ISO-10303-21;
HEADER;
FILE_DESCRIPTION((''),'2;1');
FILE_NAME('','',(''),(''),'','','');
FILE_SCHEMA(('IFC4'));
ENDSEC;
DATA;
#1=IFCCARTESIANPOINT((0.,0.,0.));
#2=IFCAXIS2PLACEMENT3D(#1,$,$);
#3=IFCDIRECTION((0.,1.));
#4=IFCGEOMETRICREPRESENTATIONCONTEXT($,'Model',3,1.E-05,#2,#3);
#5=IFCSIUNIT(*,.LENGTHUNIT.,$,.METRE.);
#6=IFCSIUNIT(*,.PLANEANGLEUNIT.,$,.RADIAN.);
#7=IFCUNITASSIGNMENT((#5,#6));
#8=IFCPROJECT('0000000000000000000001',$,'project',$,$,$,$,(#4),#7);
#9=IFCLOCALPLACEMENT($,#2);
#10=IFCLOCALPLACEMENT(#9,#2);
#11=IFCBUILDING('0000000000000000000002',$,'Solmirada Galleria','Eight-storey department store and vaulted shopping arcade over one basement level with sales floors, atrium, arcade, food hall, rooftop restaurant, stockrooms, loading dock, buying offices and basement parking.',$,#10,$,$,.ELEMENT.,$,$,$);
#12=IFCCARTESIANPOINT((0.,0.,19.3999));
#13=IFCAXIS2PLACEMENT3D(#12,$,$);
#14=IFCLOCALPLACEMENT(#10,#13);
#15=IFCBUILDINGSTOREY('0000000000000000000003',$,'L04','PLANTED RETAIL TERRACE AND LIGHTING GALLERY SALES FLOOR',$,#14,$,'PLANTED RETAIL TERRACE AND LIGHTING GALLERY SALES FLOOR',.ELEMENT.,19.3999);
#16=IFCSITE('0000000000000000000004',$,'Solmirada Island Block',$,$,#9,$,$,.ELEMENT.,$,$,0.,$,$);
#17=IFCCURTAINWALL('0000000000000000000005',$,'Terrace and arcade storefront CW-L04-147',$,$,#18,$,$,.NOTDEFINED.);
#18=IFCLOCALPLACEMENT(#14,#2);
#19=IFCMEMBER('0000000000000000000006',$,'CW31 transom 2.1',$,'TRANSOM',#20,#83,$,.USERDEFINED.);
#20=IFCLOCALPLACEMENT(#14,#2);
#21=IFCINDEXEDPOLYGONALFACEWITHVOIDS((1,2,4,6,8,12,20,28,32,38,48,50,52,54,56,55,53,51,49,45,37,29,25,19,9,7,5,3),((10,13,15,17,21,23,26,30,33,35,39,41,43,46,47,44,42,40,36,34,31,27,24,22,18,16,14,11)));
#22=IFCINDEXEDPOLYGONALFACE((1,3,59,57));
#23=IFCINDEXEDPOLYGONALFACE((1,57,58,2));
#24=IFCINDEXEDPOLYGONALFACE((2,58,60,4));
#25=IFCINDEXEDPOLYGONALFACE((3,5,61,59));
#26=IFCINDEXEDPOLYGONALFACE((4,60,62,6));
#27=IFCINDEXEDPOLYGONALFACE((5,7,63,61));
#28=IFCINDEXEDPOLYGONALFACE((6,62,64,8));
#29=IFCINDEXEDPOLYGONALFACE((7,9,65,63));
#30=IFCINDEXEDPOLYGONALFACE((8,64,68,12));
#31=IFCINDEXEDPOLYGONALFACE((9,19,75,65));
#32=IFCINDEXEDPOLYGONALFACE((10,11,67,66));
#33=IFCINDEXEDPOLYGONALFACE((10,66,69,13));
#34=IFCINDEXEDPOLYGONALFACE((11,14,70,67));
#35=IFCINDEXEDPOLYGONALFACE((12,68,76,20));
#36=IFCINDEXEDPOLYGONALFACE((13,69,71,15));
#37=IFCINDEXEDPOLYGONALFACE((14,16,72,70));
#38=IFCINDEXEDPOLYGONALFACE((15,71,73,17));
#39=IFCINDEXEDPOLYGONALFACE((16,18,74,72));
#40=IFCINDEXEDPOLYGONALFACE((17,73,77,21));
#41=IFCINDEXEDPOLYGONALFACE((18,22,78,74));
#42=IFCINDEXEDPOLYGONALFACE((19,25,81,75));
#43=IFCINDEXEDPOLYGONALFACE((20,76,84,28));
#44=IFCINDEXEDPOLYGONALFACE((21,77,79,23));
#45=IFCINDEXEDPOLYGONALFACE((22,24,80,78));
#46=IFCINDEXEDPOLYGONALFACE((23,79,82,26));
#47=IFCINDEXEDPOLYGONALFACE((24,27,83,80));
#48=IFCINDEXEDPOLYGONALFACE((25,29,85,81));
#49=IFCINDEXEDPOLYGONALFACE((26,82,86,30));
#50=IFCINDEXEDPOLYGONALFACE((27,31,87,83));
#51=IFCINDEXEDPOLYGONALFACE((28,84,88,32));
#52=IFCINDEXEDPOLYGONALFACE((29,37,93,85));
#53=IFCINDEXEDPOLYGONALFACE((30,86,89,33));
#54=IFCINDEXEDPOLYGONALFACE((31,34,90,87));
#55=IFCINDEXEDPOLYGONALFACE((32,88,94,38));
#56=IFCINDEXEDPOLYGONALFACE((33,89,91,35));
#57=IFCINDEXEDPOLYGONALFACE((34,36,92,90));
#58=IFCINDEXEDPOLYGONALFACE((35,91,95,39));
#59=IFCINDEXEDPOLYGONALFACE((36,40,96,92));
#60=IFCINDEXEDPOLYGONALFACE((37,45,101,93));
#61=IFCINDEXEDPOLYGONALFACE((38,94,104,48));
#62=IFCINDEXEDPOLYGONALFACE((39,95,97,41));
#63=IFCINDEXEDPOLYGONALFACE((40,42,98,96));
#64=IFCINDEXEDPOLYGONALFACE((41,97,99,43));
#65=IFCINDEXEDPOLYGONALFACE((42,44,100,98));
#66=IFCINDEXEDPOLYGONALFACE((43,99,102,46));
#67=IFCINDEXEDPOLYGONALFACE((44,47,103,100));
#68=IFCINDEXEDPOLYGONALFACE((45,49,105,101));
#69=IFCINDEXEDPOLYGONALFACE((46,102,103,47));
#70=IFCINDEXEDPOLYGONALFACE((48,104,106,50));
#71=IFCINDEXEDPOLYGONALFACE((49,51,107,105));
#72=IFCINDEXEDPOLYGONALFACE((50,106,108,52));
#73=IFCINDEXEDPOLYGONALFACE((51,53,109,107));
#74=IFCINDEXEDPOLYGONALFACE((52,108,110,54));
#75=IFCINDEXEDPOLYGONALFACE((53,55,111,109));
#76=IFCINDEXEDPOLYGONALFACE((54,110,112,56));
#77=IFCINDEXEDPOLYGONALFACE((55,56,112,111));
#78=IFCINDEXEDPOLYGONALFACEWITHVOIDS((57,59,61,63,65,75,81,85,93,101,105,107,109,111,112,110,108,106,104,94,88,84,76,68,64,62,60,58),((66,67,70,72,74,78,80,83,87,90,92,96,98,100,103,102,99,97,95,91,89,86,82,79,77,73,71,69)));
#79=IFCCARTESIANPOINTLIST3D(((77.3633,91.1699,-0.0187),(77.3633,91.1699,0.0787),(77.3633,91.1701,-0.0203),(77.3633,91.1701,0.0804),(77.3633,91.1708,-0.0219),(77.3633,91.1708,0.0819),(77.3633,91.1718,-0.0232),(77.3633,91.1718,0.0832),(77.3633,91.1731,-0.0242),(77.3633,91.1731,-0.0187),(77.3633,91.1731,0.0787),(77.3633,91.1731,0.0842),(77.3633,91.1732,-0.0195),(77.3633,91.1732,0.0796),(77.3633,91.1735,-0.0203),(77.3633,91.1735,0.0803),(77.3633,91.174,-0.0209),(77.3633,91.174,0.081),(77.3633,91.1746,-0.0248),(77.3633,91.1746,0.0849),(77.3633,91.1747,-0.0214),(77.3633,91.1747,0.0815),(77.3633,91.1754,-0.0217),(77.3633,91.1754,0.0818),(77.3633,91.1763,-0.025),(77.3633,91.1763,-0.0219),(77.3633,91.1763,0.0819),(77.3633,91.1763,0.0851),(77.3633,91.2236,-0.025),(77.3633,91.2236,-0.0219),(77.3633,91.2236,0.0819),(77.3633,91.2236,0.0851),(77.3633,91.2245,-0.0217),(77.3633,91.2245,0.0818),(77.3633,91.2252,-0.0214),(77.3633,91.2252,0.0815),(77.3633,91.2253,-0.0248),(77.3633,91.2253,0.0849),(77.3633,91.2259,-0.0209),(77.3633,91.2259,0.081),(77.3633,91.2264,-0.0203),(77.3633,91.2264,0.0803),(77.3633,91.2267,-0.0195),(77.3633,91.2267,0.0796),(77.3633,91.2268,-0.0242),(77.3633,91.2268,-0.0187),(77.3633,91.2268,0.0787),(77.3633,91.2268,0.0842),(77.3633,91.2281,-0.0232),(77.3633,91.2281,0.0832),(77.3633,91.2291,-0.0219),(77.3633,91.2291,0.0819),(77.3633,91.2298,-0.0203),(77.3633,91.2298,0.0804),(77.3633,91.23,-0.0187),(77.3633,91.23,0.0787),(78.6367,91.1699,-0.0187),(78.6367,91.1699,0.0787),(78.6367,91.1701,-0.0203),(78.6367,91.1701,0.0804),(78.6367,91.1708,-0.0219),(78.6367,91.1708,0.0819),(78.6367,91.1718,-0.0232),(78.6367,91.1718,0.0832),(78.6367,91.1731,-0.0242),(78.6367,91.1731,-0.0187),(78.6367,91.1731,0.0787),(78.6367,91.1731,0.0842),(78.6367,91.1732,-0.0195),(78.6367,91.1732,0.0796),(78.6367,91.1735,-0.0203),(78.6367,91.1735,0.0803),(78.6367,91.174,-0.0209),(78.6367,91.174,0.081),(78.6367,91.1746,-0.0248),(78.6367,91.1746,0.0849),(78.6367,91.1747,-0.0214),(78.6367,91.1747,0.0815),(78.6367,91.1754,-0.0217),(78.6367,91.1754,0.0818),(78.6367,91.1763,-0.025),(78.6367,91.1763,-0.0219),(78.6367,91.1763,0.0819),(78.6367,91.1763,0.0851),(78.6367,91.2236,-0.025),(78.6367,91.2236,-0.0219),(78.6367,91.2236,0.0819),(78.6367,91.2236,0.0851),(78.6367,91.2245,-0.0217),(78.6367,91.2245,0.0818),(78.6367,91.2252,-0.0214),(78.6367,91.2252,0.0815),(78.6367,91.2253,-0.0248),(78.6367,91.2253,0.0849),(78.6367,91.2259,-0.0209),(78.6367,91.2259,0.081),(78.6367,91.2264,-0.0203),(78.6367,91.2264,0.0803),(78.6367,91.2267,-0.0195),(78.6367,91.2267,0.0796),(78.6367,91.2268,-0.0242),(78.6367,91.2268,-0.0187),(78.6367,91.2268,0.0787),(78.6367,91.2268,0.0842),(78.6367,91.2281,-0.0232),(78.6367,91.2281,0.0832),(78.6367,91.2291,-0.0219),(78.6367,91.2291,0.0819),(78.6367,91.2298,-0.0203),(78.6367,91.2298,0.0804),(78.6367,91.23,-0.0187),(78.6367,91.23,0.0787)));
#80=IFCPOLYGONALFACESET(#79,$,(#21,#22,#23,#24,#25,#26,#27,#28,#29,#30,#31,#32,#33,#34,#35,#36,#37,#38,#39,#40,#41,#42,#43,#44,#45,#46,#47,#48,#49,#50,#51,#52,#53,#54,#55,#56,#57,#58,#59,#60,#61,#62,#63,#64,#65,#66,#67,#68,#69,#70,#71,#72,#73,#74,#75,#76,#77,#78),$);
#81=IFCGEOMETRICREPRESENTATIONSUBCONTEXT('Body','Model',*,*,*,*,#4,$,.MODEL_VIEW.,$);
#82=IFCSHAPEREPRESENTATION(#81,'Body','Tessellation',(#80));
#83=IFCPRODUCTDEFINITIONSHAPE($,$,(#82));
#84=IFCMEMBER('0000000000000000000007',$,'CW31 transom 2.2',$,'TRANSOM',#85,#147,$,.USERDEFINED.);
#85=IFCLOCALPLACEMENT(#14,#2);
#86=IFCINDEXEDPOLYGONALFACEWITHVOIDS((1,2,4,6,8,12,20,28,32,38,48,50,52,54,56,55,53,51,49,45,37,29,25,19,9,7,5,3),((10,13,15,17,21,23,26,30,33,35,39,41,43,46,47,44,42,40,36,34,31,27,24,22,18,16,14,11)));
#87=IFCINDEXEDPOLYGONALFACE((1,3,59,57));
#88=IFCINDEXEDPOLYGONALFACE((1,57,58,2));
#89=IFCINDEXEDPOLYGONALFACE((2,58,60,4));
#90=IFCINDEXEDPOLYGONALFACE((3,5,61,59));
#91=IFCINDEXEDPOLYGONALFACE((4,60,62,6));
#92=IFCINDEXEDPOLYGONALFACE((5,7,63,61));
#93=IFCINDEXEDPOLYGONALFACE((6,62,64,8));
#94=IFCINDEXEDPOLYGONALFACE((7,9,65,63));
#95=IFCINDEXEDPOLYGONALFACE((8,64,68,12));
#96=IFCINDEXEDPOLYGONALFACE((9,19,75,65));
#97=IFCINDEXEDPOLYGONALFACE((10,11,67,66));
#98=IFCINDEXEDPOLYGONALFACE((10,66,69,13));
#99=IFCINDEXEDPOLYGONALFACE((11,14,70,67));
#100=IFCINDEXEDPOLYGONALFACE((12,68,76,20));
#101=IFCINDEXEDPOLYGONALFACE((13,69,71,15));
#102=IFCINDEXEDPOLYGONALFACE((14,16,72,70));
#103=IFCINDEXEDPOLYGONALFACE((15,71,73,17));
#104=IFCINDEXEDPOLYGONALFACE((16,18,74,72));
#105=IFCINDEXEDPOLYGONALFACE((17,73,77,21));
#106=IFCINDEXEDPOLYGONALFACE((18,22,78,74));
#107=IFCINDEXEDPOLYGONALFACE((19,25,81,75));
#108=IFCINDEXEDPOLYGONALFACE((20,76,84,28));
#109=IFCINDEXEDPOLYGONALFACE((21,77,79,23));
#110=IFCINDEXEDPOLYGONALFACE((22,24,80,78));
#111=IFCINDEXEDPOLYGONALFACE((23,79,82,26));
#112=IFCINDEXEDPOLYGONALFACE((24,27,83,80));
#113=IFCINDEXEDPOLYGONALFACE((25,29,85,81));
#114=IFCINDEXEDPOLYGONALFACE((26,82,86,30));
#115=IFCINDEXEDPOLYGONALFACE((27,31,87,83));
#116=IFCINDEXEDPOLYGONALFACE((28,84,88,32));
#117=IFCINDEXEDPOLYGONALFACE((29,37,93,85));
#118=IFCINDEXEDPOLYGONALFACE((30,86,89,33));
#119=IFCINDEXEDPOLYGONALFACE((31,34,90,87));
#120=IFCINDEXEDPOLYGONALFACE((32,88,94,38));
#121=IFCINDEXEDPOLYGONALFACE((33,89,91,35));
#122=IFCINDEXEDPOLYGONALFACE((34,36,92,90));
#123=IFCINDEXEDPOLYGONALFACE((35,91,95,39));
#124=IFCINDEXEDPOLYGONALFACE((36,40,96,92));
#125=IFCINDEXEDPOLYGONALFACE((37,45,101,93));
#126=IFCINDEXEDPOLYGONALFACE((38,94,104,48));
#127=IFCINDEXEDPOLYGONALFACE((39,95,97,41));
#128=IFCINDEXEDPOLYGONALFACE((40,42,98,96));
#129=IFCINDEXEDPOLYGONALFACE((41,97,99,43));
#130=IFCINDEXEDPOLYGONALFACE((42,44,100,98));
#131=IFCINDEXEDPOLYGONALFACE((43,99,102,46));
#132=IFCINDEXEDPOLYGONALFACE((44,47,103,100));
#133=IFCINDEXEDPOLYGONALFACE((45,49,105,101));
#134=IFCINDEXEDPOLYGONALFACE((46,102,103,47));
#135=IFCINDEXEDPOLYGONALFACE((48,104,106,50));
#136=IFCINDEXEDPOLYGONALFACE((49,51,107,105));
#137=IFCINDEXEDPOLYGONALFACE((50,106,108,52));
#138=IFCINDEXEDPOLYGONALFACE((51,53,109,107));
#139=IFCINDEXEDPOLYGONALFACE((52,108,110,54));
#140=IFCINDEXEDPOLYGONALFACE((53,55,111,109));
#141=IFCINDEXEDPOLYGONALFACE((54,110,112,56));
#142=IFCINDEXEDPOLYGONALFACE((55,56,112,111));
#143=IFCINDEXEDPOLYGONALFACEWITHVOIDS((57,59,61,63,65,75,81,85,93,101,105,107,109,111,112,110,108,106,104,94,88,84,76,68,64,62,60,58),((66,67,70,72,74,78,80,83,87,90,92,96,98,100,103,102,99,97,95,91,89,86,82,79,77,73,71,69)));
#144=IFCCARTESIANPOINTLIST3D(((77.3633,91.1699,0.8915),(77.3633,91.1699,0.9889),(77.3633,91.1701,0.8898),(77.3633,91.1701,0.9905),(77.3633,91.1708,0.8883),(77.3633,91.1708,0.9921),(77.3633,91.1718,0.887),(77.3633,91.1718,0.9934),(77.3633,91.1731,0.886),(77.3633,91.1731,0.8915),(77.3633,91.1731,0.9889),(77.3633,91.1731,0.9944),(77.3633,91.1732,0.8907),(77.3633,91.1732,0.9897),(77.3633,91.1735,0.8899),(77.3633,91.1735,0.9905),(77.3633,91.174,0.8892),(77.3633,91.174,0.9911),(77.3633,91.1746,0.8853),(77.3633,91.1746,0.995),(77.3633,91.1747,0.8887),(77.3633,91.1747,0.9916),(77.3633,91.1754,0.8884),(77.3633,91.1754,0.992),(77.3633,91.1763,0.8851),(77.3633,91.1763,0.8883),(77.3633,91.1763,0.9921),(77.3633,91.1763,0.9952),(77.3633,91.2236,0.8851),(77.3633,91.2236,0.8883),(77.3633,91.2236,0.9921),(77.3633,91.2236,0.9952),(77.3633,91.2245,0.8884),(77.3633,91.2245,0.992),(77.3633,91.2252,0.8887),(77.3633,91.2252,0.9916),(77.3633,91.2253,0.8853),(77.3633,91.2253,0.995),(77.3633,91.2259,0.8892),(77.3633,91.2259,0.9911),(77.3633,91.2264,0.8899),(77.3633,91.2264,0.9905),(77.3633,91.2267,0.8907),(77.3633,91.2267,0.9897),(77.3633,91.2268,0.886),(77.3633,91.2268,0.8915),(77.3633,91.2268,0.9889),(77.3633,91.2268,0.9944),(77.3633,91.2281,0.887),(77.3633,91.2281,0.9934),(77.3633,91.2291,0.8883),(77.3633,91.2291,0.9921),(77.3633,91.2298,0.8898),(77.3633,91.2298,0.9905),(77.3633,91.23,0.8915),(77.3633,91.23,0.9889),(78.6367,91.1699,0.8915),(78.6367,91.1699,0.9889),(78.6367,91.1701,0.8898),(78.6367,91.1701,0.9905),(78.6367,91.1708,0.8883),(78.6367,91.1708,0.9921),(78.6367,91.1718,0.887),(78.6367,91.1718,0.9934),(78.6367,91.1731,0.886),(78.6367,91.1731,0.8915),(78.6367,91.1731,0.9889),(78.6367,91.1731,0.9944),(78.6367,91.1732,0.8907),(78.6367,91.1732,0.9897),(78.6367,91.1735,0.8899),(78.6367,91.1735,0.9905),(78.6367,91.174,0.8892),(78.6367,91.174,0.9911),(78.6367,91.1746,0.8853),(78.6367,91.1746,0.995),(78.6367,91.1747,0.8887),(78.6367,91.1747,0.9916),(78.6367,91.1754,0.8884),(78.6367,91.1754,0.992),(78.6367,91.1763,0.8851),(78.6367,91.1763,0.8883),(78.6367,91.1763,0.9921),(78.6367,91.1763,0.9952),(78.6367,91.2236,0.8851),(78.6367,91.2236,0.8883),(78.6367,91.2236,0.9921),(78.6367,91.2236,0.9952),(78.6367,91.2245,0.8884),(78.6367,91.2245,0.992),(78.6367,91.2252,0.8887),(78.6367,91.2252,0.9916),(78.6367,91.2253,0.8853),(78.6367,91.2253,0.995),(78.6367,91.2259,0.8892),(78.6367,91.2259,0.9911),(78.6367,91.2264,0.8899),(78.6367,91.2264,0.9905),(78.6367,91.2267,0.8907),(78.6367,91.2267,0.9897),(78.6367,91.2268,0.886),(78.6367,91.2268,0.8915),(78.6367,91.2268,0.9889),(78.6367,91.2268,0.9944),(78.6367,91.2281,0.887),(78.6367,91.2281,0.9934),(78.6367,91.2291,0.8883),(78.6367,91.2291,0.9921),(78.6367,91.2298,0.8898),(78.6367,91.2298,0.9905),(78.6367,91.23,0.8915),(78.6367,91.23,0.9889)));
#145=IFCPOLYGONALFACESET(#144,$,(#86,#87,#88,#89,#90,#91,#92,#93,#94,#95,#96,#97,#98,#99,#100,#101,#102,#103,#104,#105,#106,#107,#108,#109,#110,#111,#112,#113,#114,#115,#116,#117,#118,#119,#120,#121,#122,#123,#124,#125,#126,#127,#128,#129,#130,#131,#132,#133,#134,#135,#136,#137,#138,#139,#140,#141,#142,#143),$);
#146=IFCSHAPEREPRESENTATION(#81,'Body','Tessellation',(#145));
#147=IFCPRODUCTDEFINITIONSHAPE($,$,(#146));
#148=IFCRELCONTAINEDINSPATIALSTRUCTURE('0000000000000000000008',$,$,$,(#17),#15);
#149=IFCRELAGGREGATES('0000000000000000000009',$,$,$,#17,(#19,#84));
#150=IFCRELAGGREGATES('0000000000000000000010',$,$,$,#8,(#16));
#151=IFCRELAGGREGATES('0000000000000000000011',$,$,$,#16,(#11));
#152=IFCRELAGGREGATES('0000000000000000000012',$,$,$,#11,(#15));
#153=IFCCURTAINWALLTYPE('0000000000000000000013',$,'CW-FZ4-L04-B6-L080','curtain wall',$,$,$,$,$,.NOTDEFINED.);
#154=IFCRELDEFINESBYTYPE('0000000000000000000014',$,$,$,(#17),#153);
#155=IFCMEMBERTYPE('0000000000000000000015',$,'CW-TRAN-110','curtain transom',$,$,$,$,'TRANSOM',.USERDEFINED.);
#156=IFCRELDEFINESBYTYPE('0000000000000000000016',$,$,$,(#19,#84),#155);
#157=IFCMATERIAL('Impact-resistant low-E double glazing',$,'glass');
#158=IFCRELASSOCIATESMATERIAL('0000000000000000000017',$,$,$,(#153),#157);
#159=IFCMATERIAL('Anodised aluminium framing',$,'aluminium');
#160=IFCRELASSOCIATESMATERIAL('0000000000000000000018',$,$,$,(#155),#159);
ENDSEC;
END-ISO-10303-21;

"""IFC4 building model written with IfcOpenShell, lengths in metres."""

from ifc_helpers import new_model, si_unit, direction, frame, origin, origin_2d, place, context, subcontext, project, spatial, hollow_rectangle, extrude, material, material_profile, profile_set, type_object, element, aggregate, save


model = new_model("IFC4")

# Units and contexts
model_context = context("Model", 3, precision=1e-05, world=origin(), true_north=direction((0.0, 1.0)))
body_context = subcontext(model_context, "Body", "Model", "MODEL_VIEW")
ifc_project = project(units=[si_unit("LENGTHUNIT", "METRE"), si_unit("PLANEANGLEUNIT", "RADIAN")], contexts=[model_context])

# Site, building, storey
site_placement = place(None, origin())
site = spatial("IfcSite", under=ifc_project, at=site_placement, Name="Solmirada Island Block", CompositionType="ELEMENT", RefElevation=0.0)
building_placement = place(site_placement, origin())
building = spatial("IfcBuilding", under=site, at=building_placement, Name="Solmirada Galleria", Description="Eight-storey department store and vaulted shopping arcade over one basement level with sales floors, atrium, arcade, food hall, rooftop restaurant, stockrooms, loading dock, buying offices and basement parking.", CompositionType="ELEMENT")
storey_placement = place(building_placement, frame((0.0, 0.0, 19.3999)))
storey = spatial("IfcBuildingStorey", under=building, at=storey_placement, Name="L04", Description="PLANTED RETAIL TERRACE AND LIGHTING GALLERY SALES FLOOR", LongName="PLANTED RETAIL TERRACE AND LIGHTING GALLERY SALES FLOOR", CompositionType="ELEMENT", Elevation=19.3999)

# Curtain wall, members
ifc_material_1 = material(Name="Impact-resistant low-E double glazing", Category="glass")
curtain_wall_type = type_object("IfcCurtainWallType", Name="CW-FZ4-L04-B6-L080", Description="curtain wall", PredefinedType="NOTDEFINED", material=ifc_material_1)
curtain_wall_placement = place(storey_placement, origin())
curtain_wall = element("IfcCurtainWall", 1, at=curtain_wall_placement, inside=storey, type_object=curtain_wall_type, Name="Terrace and arcade storefront CW-L04-147", PredefinedType="NOTDEFINED")
ifc_material_2 = material(Name="Anodised aluminium framing", Category="aluminium")
ifc_material_profile_1 = material_profile(ifc_material_2, hollow_rectangle(XDim=0.0601, YDim=0.1101, WallThickness=0.0032, InnerFilletRadius=0.0032, OuterFilletRadius=0.0063, at=origin_2d()), Name="ALU-TRAN-110X60")
ifc_profile_set_1 = profile_set([ifc_material_profile_1], Name="Anodised aluminium framing")
member_type_1 = type_object("IfcMemberType", Name="CW-TRAN-110", Description="curtain transom", ElementType="TRANSOM", PredefinedType="USERDEFINED", material=ifc_profile_set_1)
member_1_placement = place(storey_placement, frame((78.6367, 91.2, 0.03), z_axis=(-1.0, 0.0, 0.0), x_axis=(0.0, -1.0, 0.0)))
member_1 = element("IfcMember", 2, at=member_1_placement, type_object=member_type_1, Name="CW31 transom 2.1", ObjectType="TRANSOM", PredefinedType="USERDEFINED", context=body_context, shape_type="SweptSolid", body=[
    extrude(hollow_rectangle(XDim=0.0601, YDim=0.1101, WallThickness=0.0032, InnerFilletRadius=0.0032, OuterFilletRadius=0.0063, at=origin_2d()), origin(), (0.0, 0.0, 1.0), 1.2734),
])
member_2_placement = place(storey_placement, frame((78.6367, 91.2, 0.9402), z_axis=(-1.0, 0.0, 0.0), x_axis=(0.0, -1.0, 0.0)))
member_2 = element("IfcMember", 3, at=member_2_placement, type_object=member_type_1, Name="CW31 transom 2.2", ObjectType="TRANSOM", PredefinedType="USERDEFINED", context=body_context, shape_type="SweptSolid", body=[
    extrude(hollow_rectangle(XDim=0.0601, YDim=0.1101, WallThickness=0.0032, InnerFilletRadius=0.0032, OuterFilletRadius=0.0063, at=origin_2d()), origin(), (0.0, 0.0, 1.0), 1.2734),
])
aggregate(curtain_wall, [member_1, member_2])

save(model, "model.ifc")
